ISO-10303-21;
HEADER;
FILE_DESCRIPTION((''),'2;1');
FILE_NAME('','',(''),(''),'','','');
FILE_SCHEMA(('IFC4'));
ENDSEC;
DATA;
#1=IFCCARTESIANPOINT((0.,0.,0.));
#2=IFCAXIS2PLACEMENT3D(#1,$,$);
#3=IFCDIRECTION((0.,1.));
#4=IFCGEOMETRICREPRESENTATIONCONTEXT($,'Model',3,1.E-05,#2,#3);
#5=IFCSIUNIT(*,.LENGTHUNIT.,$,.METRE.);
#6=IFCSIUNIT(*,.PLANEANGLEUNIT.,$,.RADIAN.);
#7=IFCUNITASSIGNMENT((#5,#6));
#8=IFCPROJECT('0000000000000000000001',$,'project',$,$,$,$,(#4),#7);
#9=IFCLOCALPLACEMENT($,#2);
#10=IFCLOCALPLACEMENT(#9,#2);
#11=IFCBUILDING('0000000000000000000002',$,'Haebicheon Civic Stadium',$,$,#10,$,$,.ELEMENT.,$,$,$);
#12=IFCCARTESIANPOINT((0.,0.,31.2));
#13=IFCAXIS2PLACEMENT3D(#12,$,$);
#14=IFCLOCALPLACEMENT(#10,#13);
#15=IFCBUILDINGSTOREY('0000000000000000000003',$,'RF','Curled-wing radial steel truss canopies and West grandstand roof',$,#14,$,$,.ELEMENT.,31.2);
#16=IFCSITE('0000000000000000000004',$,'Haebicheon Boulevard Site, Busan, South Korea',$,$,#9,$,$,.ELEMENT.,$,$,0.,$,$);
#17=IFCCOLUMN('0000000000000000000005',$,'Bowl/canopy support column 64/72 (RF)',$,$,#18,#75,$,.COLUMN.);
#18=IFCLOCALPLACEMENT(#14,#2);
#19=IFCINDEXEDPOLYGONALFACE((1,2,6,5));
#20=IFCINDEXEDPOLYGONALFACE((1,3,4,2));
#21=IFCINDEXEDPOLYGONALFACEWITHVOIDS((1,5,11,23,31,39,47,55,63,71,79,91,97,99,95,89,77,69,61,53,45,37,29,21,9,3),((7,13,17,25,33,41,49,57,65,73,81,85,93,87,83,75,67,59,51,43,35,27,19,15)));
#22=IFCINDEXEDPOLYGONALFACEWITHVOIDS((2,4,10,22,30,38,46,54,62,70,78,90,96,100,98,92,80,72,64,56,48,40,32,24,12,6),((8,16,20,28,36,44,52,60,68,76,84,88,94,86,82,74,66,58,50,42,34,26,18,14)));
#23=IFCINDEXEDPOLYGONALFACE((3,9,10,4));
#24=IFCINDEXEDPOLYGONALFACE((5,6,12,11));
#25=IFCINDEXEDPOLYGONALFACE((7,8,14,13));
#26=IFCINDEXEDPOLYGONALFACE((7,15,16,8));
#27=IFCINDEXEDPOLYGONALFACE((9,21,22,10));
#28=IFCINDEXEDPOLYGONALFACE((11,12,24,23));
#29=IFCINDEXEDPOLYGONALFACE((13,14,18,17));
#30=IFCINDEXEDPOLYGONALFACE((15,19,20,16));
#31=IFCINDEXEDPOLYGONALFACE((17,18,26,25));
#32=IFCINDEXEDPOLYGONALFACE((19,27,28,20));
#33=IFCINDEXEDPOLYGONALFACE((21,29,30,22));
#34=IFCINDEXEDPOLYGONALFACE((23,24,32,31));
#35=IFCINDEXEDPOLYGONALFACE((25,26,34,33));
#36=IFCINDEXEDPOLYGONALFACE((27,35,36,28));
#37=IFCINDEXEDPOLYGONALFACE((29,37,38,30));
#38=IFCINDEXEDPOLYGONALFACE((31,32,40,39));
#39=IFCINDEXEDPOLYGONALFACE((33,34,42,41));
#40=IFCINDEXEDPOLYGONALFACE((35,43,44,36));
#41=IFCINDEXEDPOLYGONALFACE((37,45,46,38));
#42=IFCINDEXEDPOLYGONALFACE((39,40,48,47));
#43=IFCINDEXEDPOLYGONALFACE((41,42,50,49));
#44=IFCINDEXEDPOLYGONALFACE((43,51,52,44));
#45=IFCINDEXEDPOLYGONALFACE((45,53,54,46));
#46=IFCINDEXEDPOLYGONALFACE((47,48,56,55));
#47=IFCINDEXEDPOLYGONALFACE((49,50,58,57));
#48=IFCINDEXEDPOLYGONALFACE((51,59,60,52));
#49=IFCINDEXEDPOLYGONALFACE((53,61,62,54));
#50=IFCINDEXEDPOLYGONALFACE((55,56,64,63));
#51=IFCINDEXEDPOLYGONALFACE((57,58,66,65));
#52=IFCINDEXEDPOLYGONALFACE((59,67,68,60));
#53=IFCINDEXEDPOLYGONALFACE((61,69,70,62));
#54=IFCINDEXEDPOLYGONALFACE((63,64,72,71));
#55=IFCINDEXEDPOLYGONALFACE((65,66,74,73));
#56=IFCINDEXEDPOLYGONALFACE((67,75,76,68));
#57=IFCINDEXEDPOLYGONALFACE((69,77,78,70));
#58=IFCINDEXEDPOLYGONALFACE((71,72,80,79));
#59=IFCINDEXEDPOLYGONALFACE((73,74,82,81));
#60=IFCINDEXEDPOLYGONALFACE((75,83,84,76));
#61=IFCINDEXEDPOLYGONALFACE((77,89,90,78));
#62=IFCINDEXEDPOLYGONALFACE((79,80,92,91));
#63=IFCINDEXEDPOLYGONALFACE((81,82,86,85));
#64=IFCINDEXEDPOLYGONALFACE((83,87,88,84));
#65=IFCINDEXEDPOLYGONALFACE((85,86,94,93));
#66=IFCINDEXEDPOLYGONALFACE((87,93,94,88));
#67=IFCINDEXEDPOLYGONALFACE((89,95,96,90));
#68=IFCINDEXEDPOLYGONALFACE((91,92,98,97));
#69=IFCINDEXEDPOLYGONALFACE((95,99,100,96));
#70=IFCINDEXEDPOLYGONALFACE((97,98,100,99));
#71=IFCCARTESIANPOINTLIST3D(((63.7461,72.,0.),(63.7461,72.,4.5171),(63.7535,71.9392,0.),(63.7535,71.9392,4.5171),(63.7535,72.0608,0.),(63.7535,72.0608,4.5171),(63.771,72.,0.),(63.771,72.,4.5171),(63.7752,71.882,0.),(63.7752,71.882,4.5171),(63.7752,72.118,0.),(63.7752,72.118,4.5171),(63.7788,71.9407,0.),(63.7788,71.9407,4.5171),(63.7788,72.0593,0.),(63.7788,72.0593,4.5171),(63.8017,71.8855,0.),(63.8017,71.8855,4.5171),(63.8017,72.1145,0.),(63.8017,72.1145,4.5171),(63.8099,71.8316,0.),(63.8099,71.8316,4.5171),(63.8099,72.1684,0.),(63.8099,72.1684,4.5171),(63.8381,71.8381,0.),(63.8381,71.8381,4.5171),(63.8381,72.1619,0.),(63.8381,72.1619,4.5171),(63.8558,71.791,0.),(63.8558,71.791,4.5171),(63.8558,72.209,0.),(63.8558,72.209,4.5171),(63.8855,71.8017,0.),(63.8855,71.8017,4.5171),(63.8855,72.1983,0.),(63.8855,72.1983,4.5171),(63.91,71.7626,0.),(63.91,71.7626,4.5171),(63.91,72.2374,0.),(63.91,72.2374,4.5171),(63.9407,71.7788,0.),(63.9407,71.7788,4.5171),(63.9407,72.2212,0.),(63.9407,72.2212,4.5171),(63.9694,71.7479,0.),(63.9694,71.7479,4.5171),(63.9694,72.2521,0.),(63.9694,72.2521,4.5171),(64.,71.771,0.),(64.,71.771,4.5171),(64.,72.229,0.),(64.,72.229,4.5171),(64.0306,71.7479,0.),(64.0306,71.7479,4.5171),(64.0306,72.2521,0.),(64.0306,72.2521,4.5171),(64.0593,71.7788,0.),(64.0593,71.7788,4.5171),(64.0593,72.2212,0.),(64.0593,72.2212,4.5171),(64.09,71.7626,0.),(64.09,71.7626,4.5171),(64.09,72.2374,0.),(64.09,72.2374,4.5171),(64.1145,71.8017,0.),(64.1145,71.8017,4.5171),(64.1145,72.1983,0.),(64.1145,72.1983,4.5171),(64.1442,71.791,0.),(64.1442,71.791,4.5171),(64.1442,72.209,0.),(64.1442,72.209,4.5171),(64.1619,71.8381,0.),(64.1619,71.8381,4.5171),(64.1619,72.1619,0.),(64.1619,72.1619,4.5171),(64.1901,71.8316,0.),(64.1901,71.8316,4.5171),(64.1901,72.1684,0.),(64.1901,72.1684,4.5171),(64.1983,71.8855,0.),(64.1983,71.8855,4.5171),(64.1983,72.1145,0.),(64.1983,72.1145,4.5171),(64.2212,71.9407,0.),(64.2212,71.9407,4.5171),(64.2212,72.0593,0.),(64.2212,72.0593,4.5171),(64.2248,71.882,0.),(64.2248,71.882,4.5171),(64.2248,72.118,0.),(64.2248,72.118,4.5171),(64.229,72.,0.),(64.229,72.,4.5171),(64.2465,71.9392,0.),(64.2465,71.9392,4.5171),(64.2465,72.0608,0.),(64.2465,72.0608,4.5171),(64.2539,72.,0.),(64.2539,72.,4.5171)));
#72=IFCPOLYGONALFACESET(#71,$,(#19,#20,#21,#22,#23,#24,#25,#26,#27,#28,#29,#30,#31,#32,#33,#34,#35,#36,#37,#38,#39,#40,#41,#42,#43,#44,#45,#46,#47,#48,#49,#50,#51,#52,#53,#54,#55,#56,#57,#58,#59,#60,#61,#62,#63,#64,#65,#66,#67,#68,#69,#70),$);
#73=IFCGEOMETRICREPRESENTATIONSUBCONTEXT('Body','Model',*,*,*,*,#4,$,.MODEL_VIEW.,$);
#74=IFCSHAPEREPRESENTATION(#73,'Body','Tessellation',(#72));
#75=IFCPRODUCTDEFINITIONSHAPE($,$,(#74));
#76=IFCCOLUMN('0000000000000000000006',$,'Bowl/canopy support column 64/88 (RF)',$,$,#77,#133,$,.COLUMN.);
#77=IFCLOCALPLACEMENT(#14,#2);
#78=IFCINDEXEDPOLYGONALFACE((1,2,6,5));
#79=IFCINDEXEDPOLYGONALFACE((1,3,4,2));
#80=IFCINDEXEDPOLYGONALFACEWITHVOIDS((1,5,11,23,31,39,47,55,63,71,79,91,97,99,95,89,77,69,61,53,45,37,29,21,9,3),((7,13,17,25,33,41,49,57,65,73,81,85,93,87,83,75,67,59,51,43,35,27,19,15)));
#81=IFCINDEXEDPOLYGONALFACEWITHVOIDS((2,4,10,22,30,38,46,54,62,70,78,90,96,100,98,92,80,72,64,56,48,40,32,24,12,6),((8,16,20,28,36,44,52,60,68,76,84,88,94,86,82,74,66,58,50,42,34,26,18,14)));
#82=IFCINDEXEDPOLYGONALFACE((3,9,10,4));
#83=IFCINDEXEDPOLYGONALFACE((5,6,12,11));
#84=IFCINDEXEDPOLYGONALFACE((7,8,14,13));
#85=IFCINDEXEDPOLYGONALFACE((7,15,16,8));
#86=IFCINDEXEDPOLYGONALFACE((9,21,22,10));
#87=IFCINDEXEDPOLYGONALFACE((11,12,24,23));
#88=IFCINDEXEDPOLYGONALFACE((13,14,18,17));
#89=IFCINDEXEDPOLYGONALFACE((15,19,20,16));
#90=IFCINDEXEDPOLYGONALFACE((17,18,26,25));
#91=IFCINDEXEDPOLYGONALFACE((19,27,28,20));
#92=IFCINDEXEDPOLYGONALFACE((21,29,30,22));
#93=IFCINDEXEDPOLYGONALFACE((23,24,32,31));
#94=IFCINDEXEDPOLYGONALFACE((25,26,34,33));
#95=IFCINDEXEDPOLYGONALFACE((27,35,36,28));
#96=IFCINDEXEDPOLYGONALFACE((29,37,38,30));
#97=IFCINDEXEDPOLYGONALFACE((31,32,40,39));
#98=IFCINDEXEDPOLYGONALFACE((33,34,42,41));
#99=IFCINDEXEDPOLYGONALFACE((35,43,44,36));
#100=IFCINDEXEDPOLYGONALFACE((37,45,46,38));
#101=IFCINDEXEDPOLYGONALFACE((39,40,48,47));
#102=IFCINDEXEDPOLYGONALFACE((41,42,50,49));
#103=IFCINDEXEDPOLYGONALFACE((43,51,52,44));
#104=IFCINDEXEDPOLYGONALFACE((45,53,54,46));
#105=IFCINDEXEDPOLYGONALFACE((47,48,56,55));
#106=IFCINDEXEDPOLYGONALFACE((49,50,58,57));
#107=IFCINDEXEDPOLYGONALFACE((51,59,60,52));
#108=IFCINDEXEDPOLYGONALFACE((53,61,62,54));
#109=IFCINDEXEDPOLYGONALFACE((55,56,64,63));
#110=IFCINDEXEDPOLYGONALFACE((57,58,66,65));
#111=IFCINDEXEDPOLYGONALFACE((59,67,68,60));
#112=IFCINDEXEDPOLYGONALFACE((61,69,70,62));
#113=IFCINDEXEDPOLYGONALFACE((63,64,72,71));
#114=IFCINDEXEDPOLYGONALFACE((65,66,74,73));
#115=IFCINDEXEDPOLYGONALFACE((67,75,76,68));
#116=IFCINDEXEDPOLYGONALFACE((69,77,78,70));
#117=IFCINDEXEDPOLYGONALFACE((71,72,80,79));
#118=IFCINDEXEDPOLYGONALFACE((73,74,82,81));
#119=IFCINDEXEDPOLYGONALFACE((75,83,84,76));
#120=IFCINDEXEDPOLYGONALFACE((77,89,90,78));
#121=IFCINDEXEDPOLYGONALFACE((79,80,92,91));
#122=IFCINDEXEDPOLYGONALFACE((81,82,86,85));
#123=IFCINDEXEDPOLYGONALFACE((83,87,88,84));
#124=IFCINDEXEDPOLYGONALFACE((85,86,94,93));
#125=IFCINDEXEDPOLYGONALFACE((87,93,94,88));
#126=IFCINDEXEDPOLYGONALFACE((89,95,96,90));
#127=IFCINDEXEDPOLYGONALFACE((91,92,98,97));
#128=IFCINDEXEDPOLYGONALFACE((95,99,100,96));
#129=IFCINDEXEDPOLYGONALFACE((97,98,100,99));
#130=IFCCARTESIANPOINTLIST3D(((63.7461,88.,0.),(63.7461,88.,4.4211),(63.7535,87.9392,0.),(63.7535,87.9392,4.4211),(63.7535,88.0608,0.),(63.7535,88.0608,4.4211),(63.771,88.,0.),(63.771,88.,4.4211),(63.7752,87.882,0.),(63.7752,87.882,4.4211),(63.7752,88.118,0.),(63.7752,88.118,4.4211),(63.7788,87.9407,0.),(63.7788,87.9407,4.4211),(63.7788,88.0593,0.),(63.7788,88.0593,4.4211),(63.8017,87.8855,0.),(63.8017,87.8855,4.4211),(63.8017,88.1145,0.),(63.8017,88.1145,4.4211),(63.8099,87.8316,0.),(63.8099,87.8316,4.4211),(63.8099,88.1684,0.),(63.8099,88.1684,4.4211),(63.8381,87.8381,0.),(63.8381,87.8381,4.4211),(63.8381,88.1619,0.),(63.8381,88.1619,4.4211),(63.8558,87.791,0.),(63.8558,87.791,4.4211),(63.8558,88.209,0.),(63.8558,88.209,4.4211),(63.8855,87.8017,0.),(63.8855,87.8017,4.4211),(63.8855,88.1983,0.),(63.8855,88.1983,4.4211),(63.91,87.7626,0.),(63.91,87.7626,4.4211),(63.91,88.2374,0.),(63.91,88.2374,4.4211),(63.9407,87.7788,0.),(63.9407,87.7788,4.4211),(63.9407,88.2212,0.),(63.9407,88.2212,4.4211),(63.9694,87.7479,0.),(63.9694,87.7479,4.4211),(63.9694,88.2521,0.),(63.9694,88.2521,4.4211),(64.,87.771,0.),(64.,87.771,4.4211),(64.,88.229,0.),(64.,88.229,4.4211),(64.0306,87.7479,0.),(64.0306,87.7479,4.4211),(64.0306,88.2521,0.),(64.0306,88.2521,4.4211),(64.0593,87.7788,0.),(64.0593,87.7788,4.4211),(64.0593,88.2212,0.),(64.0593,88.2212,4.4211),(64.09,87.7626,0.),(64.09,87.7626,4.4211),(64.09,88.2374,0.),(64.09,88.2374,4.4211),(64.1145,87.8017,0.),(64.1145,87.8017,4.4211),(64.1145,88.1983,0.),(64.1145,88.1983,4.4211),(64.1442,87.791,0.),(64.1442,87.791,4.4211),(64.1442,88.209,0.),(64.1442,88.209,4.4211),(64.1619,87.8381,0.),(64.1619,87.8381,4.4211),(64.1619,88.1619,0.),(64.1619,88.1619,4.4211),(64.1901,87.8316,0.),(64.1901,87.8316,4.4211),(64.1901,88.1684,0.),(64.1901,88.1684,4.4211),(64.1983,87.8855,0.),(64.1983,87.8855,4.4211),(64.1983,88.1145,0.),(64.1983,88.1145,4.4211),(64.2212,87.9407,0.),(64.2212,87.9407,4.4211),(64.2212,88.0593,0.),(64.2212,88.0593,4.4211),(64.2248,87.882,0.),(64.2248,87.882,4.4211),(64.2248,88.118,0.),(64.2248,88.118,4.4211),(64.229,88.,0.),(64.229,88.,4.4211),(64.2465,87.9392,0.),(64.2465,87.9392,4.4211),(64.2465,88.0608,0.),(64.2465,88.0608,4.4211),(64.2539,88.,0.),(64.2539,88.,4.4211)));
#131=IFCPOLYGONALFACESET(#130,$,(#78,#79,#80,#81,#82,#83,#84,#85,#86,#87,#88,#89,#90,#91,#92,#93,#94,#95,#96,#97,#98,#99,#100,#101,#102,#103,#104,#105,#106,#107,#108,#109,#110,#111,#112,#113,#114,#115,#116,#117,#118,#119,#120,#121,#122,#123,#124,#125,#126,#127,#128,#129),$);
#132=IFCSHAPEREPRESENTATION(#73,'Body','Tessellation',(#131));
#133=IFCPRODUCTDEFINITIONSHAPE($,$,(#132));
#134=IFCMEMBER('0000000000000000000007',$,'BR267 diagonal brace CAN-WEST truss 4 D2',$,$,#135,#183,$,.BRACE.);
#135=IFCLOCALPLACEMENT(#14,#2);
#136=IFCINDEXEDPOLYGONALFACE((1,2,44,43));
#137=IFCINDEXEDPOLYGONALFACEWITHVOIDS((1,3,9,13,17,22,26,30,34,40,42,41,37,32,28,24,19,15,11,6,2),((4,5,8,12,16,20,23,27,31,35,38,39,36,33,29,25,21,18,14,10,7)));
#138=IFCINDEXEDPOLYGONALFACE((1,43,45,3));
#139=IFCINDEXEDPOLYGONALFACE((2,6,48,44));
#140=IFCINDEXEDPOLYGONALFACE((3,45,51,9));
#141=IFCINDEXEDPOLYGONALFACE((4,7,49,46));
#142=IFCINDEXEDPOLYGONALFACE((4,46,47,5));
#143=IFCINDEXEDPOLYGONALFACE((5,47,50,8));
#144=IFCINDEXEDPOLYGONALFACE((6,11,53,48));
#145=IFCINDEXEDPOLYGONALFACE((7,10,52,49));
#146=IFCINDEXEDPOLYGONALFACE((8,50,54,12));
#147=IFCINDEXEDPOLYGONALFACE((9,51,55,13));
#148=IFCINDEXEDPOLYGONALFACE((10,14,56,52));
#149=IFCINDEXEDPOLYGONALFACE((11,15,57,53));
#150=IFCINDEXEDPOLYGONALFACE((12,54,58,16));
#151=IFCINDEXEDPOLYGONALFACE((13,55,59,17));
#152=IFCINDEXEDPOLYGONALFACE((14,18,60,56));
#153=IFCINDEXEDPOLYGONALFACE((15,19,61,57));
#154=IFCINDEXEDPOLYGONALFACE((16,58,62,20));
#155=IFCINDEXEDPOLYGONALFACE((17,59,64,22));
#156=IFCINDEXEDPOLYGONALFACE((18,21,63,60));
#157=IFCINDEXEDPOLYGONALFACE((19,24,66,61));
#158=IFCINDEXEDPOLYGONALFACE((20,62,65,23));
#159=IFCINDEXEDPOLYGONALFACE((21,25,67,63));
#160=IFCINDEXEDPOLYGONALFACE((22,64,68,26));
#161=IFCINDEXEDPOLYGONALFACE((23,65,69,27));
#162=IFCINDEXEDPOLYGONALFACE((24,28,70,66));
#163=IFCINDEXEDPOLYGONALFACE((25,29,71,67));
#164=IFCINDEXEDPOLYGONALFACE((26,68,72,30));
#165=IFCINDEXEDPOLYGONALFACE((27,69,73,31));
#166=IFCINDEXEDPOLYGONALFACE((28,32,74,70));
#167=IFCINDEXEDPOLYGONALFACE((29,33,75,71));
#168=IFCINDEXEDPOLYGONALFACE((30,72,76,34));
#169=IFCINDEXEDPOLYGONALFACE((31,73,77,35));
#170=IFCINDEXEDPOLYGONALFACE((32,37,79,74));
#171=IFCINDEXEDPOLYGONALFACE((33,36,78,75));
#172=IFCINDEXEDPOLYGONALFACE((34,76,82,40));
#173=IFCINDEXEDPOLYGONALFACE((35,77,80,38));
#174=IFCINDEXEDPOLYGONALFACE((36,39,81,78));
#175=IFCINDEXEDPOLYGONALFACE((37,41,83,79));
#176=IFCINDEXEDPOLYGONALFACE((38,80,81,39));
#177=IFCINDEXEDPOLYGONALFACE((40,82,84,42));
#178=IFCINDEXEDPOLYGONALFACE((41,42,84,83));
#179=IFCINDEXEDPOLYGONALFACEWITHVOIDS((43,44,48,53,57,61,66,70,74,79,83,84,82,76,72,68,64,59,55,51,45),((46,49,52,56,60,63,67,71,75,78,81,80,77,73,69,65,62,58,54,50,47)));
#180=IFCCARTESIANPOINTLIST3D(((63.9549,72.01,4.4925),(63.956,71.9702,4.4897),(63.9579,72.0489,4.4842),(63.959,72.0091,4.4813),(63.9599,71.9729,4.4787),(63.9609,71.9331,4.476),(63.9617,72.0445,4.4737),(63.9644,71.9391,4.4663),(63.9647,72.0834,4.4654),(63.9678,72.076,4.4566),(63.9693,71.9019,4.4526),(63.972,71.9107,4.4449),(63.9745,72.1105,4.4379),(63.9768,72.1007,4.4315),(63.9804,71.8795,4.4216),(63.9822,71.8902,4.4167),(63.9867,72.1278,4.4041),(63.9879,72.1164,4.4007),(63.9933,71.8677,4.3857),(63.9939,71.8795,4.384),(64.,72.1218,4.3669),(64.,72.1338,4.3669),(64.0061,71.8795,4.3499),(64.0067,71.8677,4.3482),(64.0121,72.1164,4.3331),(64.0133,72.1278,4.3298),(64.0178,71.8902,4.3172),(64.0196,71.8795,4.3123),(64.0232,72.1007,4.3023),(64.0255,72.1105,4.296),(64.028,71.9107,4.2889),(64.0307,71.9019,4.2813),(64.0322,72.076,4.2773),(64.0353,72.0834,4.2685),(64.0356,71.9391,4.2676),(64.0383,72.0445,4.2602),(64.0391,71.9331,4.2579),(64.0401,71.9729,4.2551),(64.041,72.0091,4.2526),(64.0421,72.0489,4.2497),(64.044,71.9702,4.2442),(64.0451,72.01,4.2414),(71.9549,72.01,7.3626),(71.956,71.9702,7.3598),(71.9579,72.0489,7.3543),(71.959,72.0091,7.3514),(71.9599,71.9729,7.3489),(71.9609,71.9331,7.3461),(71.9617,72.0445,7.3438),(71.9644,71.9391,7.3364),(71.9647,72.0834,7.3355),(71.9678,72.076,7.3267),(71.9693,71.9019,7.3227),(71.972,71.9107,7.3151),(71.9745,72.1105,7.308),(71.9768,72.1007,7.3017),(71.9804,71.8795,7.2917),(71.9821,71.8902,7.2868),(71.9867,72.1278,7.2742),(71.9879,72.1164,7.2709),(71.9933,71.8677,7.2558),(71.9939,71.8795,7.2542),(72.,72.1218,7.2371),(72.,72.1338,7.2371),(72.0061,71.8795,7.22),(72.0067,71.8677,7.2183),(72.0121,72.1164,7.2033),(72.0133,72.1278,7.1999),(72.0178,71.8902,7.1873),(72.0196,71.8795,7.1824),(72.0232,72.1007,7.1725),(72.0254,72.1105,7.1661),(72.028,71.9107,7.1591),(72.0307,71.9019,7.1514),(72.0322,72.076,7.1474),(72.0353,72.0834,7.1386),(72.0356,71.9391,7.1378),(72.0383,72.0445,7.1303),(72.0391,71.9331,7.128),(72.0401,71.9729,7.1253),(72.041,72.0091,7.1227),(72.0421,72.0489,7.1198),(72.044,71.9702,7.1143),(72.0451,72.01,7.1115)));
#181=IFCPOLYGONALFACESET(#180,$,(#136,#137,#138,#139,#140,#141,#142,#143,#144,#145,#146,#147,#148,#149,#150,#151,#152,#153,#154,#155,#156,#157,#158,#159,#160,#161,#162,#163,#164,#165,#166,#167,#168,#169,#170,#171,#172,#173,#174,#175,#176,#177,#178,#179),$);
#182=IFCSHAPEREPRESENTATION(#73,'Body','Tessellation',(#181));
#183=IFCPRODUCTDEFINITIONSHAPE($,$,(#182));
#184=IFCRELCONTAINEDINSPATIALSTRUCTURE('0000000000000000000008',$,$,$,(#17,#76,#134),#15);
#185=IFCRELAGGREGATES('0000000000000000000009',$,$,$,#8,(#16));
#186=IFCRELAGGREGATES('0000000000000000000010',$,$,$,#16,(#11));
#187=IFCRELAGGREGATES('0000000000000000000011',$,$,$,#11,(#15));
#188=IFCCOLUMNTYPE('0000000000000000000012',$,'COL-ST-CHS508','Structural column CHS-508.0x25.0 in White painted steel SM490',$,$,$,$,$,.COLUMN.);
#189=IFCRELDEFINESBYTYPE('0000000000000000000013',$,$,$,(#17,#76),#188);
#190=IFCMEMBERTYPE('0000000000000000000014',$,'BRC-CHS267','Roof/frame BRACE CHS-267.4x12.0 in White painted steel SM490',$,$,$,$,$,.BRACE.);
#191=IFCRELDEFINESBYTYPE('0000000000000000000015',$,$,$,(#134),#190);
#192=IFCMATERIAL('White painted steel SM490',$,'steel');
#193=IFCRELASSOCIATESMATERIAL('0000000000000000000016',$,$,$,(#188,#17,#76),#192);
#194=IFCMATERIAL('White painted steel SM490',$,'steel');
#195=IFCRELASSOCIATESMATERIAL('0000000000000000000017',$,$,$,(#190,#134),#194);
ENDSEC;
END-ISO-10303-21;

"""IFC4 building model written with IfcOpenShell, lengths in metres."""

from ifc_helpers import new_model, si_unit, direction, frame, origin, origin_2d, place, context, subcontext, project, spatial, hollow_circle, extrude, material, material_profile, profile_set, type_object, element, save


model = new_model("IFC4")

# Units and contexts
model_context = context("Model", 3, precision=1e-05, world=origin(), true_north=direction((0.0, 1.0)))
body_context = subcontext(model_context, "Body", "Model", "MODEL_VIEW")
ifc_project = project(units=[si_unit("LENGTHUNIT", "METRE"), si_unit("PLANEANGLEUNIT", "RADIAN")], contexts=[model_context])

# Site, building, storey
site_placement = place(None, origin())
site = spatial("IfcSite", under=ifc_project, at=site_placement, Name="Haebicheon Boulevard Site, Busan, South Korea", CompositionType="ELEMENT", RefElevation=0.0)
building_placement = place(site_placement, origin())
building = spatial("IfcBuilding", under=site, at=building_placement, Name="Haebicheon Civic Stadium", CompositionType="ELEMENT")
storey_placement = place(building_placement, frame((0.0, 0.0, 31.2)))
storey = spatial("IfcBuildingStorey", under=building, at=storey_placement, Name="RF", Description="Curled-wing radial steel truss canopies and West grandstand roof", CompositionType="ELEMENT", Elevation=31.2)

# Columns
ifc_material_1 = material(Name="White painted steel SM490", Category="steel")
ifc_material_profile_1 = material_profile(ifc_material_1, hollow_circle(Radius=0.2539, WallThickness=0.0249, at=origin_2d()), Name="CHS-508.0x25.0")
ifc_profile_set_1 = profile_set([ifc_material_profile_1], Name="White painted steel SM490")
column_type = type_object("IfcColumnType", Name="COL-ST-CHS508", Description="Structural column CHS-508.0x25.0 in White painted steel SM490", PredefinedType="COLUMN", material=ifc_profile_set_1)
column_1_placement = place(storey_placement, frame((64.0, 72.0, 0.0), z_axis=(0.0, 0.0, 1.0), x_axis=(1.0, 0.0, 0.0)))
element("IfcColumn", 1, at=column_1_placement, inside=storey, type_object=column_type, material=ifc_profile_set_1, Name="Bowl/canopy support column 64/72 (RF)", PredefinedType="COLUMN", context=body_context, shape_type="SweptSolid", body=[
    extrude(hollow_circle(Radius=0.2539, WallThickness=0.0249, at=origin_2d()), origin(), (0.0, 0.0, 1.0), 4.5171),
])
column_2_placement = place(storey_placement, frame((64.0, 88.0, 0.0), z_axis=(0.0, 0.0, 1.0), x_axis=(1.0, 0.0, 0.0)))
element("IfcColumn", 2, at=column_2_placement, inside=storey, type_object=column_type, material=ifc_profile_set_1, Name="Bowl/canopy support column 64/88 (RF)", PredefinedType="COLUMN", context=body_context, shape_type="SweptSolid", body=[
    extrude(hollow_circle(Radius=0.2539, WallThickness=0.0249, at=origin_2d()), origin(), (0.0, 0.0, 1.0), 4.4211),
])

# Member
ifc_material_2 = material(Name="White painted steel SM490", Category="steel")
ifc_material_profile_2 = material_profile(ifc_material_2, hollow_circle(Radius=0.1338, WallThickness=0.012, at=origin_2d()), Name="CHS-267.4x12.0")
ifc_profile_set_2 = profile_set([ifc_material_profile_2], Name="White painted steel SM490")
member_type_1 = type_object("IfcMemberType", Name="BRC-CHS267", Description="Roof/frame BRACE CHS-267.4x12.0 in White painted steel SM490", PredefinedType="BRACE", material=ifc_profile_set_2)
for number, where, z_axis, x_axis, name in (
    (3, (64.0, 72.0, 4.3669), (0.941257, 0.0, 0.33769), (0.0, 1.0, 0.0), "BR267 diagonal brace CAN-WEST truss 4 D2"),
):
    element("IfcMember", number, at=place(storey_placement, frame(where, z_axis=z_axis, x_axis=x_axis)), inside=storey, type_object=member_type_1, material=ifc_profile_set_2, Name=name, PredefinedType="BRACE", context=body_context, shape_type="SweptSolid", body=[
        extrude(hollow_circle(Radius=0.1338, WallThickness=0.012, at=origin_2d()), origin(), (0.0, 0.0, 1.0), 8.4993),
    ])

save(model, "model.ifc")
